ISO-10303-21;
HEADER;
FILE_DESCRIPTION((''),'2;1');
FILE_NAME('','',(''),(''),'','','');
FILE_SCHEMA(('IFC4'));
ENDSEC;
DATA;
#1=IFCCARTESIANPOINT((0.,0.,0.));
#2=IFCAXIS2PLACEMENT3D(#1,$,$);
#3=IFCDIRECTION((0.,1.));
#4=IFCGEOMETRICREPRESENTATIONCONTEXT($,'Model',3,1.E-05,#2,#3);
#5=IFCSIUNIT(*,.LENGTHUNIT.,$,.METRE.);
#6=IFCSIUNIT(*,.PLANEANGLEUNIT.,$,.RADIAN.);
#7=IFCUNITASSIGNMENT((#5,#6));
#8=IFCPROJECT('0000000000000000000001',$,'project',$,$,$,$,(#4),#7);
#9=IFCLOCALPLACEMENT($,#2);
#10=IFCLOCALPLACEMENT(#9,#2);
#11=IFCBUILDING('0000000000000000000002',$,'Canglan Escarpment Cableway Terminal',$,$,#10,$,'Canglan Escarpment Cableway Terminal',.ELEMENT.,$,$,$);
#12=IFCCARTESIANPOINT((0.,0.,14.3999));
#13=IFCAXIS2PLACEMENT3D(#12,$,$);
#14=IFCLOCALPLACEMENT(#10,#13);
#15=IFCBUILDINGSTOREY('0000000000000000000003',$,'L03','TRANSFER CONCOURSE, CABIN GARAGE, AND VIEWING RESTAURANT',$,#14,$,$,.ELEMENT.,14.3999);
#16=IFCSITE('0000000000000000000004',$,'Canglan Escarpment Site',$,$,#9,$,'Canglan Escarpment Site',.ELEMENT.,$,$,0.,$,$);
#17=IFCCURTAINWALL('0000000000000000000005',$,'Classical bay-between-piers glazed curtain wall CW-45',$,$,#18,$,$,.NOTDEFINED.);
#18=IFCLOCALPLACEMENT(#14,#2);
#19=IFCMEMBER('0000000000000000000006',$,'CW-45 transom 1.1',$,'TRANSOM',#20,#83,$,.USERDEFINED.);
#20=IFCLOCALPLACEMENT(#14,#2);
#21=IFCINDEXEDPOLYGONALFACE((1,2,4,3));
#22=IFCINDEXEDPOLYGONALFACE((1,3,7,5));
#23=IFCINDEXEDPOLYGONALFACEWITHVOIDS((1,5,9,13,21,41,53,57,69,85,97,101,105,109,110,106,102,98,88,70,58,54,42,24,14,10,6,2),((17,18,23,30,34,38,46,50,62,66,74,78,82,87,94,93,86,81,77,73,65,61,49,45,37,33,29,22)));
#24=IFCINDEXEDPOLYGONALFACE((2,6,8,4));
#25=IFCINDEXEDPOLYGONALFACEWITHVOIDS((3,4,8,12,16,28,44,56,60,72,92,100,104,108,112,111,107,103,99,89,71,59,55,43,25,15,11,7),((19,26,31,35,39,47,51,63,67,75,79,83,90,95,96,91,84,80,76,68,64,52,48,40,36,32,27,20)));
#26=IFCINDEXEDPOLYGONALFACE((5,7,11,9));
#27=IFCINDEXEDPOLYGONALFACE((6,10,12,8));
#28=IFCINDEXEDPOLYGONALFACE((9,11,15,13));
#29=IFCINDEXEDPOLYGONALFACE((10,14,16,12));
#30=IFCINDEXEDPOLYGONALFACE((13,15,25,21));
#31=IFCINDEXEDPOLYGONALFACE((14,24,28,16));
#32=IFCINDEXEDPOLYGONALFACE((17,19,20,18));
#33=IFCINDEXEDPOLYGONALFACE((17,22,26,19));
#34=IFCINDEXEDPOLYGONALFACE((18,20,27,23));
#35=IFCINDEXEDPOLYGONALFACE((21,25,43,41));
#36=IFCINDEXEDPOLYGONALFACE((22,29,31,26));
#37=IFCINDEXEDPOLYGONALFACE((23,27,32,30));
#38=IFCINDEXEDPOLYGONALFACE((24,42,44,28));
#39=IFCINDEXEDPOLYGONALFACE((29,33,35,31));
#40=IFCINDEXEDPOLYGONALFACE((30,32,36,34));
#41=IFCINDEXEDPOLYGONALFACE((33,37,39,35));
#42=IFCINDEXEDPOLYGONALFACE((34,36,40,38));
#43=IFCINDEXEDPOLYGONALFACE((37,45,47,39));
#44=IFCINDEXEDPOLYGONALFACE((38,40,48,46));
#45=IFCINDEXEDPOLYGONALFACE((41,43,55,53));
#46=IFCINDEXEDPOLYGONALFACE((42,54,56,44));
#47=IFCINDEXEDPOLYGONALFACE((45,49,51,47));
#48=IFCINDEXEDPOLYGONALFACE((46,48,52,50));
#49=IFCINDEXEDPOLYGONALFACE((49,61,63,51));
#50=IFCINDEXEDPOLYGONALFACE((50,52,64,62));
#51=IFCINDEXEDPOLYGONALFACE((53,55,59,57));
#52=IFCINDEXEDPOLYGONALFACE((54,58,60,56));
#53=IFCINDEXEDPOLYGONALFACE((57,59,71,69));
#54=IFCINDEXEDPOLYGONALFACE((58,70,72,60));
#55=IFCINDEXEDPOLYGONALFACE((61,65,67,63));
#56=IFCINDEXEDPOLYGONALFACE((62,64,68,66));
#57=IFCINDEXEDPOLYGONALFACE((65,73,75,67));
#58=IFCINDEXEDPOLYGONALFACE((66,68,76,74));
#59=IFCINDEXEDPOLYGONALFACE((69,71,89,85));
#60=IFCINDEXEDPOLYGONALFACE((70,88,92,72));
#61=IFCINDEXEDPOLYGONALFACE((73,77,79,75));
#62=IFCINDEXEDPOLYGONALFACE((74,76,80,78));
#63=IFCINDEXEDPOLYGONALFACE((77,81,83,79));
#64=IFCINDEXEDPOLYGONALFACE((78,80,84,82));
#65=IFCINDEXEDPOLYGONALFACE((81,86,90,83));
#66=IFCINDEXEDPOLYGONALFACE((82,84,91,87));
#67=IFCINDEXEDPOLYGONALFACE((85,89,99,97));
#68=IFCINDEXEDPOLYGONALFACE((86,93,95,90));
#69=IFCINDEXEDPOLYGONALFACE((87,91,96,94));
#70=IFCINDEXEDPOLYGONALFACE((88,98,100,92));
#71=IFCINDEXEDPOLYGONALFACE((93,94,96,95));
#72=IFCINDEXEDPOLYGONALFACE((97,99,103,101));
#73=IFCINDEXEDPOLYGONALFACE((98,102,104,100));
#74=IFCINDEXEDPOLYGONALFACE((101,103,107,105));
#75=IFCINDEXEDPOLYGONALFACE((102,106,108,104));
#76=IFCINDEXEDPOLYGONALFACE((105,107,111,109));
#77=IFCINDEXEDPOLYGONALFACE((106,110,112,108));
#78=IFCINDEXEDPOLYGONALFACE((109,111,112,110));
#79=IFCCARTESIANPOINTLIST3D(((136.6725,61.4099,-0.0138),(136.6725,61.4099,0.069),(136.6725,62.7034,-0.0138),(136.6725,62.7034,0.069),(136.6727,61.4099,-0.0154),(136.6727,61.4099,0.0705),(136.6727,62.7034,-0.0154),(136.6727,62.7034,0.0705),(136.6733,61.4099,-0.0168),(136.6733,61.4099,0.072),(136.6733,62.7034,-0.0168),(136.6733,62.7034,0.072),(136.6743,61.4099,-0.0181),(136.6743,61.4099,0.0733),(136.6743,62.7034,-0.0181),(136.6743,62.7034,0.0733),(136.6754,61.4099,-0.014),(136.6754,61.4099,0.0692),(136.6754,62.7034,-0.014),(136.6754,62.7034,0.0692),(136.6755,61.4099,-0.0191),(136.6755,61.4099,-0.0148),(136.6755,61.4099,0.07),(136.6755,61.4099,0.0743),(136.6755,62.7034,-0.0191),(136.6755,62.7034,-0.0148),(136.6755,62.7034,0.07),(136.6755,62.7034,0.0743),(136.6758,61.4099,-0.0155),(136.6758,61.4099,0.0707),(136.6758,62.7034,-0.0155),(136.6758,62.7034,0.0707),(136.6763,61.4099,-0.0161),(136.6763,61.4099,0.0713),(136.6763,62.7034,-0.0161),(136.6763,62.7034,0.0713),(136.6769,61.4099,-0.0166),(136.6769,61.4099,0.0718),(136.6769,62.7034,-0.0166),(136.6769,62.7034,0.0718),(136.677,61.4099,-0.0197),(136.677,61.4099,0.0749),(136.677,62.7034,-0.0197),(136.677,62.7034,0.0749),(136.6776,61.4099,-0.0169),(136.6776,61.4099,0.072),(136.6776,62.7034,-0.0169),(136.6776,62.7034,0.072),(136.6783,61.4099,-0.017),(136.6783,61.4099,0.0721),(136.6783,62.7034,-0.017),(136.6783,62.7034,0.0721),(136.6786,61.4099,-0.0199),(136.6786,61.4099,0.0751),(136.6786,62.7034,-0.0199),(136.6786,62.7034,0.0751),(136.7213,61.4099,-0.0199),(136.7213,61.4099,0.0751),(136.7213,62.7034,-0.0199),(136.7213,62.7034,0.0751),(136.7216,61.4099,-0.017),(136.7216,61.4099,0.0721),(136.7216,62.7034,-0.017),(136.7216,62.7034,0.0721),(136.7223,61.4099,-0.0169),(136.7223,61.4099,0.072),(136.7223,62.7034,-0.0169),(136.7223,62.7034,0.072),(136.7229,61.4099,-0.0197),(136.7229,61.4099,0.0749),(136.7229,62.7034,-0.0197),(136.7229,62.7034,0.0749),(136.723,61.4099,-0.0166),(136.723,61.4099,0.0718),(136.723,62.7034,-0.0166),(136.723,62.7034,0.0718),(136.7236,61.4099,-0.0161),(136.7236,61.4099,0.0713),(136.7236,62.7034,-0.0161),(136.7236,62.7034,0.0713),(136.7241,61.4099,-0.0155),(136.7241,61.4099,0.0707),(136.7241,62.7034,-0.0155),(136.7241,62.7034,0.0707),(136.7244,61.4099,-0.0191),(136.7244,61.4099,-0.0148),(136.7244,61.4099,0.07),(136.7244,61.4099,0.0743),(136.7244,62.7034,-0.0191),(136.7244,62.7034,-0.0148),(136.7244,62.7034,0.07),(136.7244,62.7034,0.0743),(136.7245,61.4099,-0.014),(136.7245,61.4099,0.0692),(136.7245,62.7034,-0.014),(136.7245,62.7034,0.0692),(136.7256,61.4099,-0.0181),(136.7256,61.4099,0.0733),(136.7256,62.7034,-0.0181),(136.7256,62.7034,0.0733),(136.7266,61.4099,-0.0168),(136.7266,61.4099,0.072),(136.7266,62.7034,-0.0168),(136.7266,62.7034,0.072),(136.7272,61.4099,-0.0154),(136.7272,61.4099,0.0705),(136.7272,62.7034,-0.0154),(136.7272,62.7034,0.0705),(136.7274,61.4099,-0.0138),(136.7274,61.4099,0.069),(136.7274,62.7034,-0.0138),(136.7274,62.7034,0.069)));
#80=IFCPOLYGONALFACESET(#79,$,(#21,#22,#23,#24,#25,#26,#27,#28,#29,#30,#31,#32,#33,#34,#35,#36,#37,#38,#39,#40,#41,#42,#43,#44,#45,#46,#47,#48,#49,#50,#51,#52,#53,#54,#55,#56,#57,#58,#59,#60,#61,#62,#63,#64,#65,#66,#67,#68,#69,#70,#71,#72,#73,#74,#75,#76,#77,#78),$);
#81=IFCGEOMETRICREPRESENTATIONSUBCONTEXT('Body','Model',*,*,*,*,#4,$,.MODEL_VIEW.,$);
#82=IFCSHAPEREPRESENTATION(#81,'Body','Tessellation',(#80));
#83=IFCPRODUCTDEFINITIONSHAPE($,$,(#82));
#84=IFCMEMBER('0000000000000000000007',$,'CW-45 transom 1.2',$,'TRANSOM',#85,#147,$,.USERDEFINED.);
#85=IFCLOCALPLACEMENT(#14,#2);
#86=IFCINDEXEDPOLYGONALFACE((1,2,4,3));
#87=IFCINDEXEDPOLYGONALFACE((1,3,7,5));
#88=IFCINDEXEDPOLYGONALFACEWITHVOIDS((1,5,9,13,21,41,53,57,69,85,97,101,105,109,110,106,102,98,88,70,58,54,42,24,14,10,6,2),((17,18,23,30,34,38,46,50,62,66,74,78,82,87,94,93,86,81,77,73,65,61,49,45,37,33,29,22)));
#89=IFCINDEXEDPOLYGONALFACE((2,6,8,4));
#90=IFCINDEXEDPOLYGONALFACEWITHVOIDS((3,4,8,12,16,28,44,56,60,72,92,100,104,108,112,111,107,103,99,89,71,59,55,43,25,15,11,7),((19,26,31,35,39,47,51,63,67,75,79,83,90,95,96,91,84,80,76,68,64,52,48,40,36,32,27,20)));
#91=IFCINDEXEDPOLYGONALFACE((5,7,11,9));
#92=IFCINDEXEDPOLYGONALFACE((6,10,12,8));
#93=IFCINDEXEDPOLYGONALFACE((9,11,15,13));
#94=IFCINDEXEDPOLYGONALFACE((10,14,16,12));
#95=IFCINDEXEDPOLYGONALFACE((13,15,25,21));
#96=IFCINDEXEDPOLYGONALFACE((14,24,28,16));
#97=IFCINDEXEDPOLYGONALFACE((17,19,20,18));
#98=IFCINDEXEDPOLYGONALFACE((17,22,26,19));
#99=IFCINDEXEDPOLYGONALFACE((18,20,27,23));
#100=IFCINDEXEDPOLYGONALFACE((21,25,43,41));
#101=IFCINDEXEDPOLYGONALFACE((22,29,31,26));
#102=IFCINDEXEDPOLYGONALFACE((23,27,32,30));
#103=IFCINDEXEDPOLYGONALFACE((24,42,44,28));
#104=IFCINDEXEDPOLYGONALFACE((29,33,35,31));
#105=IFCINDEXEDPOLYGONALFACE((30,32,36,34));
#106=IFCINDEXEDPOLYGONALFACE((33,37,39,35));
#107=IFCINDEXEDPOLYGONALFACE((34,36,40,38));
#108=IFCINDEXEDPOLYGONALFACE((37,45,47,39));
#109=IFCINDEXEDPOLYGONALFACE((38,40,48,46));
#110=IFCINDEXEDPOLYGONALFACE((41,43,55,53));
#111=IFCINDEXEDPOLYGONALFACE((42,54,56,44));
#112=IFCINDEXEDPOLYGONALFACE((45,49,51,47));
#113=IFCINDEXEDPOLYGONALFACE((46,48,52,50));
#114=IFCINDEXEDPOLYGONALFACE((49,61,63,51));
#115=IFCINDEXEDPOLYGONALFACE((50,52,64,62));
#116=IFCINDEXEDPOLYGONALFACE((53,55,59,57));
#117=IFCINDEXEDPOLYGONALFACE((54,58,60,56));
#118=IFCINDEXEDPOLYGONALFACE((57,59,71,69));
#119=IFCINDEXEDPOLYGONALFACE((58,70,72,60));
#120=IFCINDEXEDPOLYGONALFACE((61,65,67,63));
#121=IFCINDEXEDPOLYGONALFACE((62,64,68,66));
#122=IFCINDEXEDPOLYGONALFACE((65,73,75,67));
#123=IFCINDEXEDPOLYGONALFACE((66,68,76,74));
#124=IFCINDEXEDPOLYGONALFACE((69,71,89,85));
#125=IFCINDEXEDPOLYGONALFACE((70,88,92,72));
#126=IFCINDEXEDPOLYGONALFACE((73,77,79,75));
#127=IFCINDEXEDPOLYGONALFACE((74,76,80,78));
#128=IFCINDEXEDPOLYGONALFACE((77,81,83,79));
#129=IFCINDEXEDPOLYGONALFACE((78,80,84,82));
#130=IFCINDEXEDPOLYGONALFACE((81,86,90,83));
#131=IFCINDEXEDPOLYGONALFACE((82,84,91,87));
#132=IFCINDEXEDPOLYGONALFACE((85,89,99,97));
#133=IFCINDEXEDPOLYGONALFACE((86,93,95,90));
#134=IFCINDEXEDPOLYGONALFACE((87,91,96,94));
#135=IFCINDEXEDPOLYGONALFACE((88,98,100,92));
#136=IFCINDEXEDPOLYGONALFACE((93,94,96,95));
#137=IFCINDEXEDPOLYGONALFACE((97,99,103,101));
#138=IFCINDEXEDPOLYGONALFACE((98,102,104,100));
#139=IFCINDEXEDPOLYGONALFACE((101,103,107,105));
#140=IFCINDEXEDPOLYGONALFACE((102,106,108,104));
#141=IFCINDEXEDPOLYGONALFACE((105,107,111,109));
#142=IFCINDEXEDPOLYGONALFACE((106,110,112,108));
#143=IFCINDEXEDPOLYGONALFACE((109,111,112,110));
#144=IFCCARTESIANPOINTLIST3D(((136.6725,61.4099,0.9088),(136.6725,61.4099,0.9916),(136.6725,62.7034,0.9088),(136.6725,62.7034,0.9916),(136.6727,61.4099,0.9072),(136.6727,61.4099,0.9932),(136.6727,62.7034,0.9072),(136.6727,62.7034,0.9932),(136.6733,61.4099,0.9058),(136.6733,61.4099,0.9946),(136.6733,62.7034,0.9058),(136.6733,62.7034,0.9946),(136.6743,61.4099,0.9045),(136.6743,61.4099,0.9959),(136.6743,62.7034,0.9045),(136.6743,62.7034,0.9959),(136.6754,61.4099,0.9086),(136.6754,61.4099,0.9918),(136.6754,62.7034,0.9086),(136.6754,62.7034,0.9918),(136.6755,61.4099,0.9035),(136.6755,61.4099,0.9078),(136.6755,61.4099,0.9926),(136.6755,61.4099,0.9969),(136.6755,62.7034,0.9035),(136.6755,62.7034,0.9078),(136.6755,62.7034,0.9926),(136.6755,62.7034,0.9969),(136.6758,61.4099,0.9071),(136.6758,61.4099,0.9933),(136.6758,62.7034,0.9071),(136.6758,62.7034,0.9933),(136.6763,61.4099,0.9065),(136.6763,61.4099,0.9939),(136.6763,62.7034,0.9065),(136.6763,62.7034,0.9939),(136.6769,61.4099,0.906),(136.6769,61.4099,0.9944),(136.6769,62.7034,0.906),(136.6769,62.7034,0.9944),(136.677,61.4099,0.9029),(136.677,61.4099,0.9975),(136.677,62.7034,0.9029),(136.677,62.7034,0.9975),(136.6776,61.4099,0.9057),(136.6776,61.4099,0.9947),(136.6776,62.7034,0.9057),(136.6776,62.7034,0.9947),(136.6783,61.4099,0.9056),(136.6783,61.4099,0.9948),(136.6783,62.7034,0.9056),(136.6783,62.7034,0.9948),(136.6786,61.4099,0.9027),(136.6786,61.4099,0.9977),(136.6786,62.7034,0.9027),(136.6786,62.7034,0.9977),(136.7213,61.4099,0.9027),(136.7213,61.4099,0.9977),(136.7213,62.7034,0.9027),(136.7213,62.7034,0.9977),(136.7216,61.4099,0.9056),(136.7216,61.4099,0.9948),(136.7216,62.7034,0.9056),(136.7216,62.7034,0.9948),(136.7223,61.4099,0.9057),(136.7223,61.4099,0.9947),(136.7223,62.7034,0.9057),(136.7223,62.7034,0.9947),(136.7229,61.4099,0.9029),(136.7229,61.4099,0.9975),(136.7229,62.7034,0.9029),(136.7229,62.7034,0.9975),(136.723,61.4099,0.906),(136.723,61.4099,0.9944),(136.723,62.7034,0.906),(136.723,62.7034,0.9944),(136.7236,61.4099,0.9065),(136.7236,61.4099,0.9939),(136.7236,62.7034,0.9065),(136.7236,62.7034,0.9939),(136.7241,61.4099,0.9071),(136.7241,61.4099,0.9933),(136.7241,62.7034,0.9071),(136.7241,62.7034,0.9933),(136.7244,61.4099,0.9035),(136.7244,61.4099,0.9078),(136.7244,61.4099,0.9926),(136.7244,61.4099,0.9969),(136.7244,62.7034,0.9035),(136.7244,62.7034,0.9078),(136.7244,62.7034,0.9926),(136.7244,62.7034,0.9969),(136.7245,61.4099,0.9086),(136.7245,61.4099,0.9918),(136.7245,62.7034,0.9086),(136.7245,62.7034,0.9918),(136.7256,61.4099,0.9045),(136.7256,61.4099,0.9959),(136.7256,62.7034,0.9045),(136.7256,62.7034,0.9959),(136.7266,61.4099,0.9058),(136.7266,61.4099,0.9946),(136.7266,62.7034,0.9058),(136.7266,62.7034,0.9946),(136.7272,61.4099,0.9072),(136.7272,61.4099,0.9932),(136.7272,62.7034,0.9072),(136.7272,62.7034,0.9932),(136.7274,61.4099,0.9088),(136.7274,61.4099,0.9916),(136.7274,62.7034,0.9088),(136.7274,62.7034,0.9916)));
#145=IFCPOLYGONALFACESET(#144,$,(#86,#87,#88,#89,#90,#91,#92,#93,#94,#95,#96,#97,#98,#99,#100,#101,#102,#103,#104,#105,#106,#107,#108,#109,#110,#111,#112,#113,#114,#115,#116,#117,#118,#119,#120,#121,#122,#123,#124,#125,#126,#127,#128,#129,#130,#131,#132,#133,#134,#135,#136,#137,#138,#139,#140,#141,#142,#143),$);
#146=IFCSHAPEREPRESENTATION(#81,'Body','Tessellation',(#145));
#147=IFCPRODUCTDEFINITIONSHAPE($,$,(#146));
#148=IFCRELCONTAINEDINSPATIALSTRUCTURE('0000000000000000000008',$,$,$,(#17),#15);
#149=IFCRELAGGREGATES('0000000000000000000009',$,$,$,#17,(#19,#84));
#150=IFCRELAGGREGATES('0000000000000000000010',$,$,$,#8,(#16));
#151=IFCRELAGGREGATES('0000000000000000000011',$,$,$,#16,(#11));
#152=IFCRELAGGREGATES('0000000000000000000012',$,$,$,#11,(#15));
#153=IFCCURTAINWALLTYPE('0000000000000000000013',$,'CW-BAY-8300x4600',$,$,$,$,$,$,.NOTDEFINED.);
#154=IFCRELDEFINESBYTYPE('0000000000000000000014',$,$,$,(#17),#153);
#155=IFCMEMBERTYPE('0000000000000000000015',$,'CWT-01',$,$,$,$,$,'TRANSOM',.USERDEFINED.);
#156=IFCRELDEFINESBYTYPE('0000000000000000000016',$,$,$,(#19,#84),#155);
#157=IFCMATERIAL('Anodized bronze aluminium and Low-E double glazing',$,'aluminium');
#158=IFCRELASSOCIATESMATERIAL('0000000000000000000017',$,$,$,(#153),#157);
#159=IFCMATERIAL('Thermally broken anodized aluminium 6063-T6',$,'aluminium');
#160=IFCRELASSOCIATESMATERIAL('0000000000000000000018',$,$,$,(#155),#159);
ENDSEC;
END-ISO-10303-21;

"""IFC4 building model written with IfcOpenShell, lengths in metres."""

from ifc_helpers import new_model, si_unit, direction, frame, origin, origin_2d, place, context, subcontext, project, spatial, hollow_rectangle, extrude, material, material_profile, profile_set, type_object, element, aggregate, save


model = new_model("IFC4")

# Units and contexts
model_context = context("Model", 3, precision=1e-05, world=origin(), true_north=direction((0.0, 1.0)))
body_context = subcontext(model_context, "Body", "Model", "MODEL_VIEW")
ifc_project = project(units=[si_unit("LENGTHUNIT", "METRE"), si_unit("PLANEANGLEUNIT", "RADIAN")], contexts=[model_context])

# Site, building, storey
site_placement = place(None, origin())
site = spatial("IfcSite", under=ifc_project, at=site_placement, Name="Canglan Escarpment Site", LongName="Canglan Escarpment Site", CompositionType="ELEMENT", RefElevation=0.0)
building_placement = place(site_placement, origin())
building = spatial("IfcBuilding", under=site, at=building_placement, Name="Canglan Escarpment Cableway Terminal", LongName="Canglan Escarpment Cableway Terminal", CompositionType="ELEMENT")
storey_placement = place(building_placement, frame((0.0, 0.0, 14.3999)))
storey = spatial("IfcBuildingStorey", under=building, at=storey_placement, Name="L03", Description="TRANSFER CONCOURSE, CABIN GARAGE, AND VIEWING RESTAURANT", CompositionType="ELEMENT", Elevation=14.3999)

# Curtain wall, members
ifc_material_1 = material(Name="Anodized bronze aluminium and Low-E double glazing", Category="aluminium")
curtain_wall_type = type_object("IfcCurtainWallType", Name="CW-BAY-8300x4600", PredefinedType="NOTDEFINED", material=ifc_material_1)
curtain_wall_placement = place(storey_placement, origin())
curtain_wall = element("IfcCurtainWall", 1, at=curtain_wall_placement, inside=storey, type_object=curtain_wall_type, Name="Classical bay-between-piers glazed curtain wall CW-45", PredefinedType="NOTDEFINED")
ifc_material_2 = material(Name="Thermally broken anodized aluminium 6063-T6", Category="aluminium")
ifc_material_profile_1 = material_profile(ifc_material_2, hollow_rectangle(XDim=0.0549, YDim=0.095, WallThickness=0.0029, InnerFilletRadius=0.0029, OuterFilletRadius=0.0061, at=origin_2d()), Name="ALU-TRAN 55x95x3")
ifc_profile_set_1 = profile_set([ifc_material_profile_1], Name="Thermally broken anodized aluminium 6063-T6")
member_type_1 = type_object("IfcMemberType", Name="CWT-01", ElementType="TRANSOM", PredefinedType="USERDEFINED", material=ifc_profile_set_1)
member_1_placement = place(storey_placement, frame((136.7, 61.4099, 0.0276), z_axis=(0.0, 1.0, 0.0), x_axis=(-1.0, 0.0, 0.0)))
member_1 = element("IfcMember", 2, at=member_1_placement, type_object=member_type_1, Name="CW-45 transom 1.1", ObjectType="TRANSOM", PredefinedType="USERDEFINED", context=body_context, shape_type="SweptSolid", body=[
    extrude(hollow_rectangle(XDim=0.0549, YDim=0.095, WallThickness=0.0029, InnerFilletRadius=0.0029, OuterFilletRadius=0.0061, at=origin_2d()), origin(), (0.0, 0.0, 1.0), 1.2935),
])
member_2_placement = place(storey_placement, frame((136.7, 61.4099, 0.9502), z_axis=(0.0, 1.0, 0.0), x_axis=(-1.0, 0.0, 0.0)))
member_2 = element("IfcMember", 3, at=member_2_placement, type_object=member_type_1, Name="CW-45 transom 1.2", ObjectType="TRANSOM", PredefinedType="USERDEFINED", context=body_context, shape_type="SweptSolid", body=[
    extrude(hollow_rectangle(XDim=0.0549, YDim=0.095, WallThickness=0.0029, InnerFilletRadius=0.0029, OuterFilletRadius=0.0061, at=origin_2d()), origin(), (0.0, 0.0, 1.0), 1.2935),
])

aggregate(curtain_wall, [member_1, member_2])

save(model, "model.ifc")
